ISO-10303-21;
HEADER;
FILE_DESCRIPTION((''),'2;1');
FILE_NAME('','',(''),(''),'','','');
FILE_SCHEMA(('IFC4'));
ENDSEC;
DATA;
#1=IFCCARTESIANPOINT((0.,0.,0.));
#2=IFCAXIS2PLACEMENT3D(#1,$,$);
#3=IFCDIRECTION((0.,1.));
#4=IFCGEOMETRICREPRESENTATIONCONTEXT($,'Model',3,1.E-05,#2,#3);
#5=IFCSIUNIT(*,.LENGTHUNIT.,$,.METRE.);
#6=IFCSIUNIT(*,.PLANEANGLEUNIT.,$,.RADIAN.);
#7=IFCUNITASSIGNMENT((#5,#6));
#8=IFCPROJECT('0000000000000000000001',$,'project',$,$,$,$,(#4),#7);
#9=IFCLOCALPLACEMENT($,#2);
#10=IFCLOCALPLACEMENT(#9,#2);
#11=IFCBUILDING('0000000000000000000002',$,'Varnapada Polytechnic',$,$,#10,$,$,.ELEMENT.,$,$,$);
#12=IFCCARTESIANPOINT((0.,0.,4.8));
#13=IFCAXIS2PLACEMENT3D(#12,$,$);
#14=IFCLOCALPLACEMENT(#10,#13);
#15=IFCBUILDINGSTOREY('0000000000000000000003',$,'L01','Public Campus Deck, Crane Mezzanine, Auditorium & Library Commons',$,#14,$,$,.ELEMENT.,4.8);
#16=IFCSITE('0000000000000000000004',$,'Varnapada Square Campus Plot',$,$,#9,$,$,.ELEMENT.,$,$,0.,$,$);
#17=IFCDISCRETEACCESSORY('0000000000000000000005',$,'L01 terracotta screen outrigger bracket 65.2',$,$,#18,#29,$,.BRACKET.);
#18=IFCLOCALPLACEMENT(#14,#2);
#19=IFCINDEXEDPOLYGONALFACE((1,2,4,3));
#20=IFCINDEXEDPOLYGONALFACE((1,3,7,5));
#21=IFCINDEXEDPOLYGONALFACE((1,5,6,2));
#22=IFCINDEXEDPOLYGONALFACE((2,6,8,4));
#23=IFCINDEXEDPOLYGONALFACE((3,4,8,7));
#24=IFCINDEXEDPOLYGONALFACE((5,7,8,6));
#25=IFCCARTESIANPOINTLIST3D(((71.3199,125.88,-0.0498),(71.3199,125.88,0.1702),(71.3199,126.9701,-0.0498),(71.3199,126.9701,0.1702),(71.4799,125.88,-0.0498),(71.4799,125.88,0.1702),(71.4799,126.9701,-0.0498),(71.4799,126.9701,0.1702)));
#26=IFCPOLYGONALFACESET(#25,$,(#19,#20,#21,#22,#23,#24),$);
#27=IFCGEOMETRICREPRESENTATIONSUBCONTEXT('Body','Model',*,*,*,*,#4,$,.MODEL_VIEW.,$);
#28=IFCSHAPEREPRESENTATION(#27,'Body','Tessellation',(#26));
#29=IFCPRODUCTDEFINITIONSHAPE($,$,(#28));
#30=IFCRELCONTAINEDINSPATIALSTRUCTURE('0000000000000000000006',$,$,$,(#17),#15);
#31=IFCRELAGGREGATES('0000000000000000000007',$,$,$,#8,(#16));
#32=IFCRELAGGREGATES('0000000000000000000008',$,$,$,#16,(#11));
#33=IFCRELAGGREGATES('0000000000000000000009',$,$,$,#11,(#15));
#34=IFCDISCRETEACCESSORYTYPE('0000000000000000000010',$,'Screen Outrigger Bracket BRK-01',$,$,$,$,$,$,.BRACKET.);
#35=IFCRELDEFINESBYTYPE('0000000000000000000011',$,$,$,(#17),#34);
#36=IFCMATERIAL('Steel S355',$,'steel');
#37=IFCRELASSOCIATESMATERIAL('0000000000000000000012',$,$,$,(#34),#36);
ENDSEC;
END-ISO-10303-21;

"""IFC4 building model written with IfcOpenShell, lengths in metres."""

from ifc_helpers import new_model, si_unit, direction, frame, origin, origin_2d, place, context, subcontext, project, spatial, rectangle, extrude, material, type_object, element, save


model = new_model("IFC4")

# Units and contexts
model_context = context("Model", 3, precision=1e-05, world=origin(), true_north=direction((0.0, 1.0)))
body_context = subcontext(model_context, "Body", "Model", "MODEL_VIEW")
ifc_project = project(units=[si_unit("LENGTHUNIT", "METRE"), si_unit("PLANEANGLEUNIT", "RADIAN")], contexts=[model_context])

# Site, building, storey
site_placement = place(None, origin())
site = spatial("IfcSite", under=ifc_project, at=site_placement, Name="Varnapada Square Campus Plot", CompositionType="ELEMENT", RefElevation=0.0)
building_placement = place(site_placement, origin())
building = spatial("IfcBuilding", under=site, at=building_placement, Name="Varnapada Polytechnic", CompositionType="ELEMENT")
storey_placement = place(building_placement, frame((0.0, 0.0, 4.8)))
storey = spatial("IfcBuildingStorey", under=building, at=storey_placement, Name="L01", Description="Public Campus Deck, Crane Mezzanine, Auditorium & Library Commons", CompositionType="ELEMENT", Elevation=4.8)

# Discrete accessory
ifc_material_1 = material(Name="Steel S355", Category="steel")
discrete_accessory_type = type_object("IfcDiscreteAccessoryType", Name="Screen Outrigger Bracket BRK-01", PredefinedType="BRACKET", material=ifc_material_1)
for number, where, z_axis, x_axis, name in (
    (1, (71.3999, 126.425, -0.0498), (0.0, 0.0, 1.0), (1.0, 0.0, 0.0), "L01 terracotta screen outrigger bracket 65.2"),
):
    element("IfcDiscreteAccessory", number, at=place(storey_placement, frame(where, z_axis=z_axis, x_axis=x_axis)), inside=storey, type_object=discrete_accessory_type, Name=name, PredefinedType="BRACKET", context=body_context, shape_type="SweptSolid", body=[
        extrude(rectangle(XDim=0.1599, YDim=1.0901, at=origin_2d()), origin(), (0.0, 0.0, 1.0), 0.22),
    ])

save(model, "model.ifc")
